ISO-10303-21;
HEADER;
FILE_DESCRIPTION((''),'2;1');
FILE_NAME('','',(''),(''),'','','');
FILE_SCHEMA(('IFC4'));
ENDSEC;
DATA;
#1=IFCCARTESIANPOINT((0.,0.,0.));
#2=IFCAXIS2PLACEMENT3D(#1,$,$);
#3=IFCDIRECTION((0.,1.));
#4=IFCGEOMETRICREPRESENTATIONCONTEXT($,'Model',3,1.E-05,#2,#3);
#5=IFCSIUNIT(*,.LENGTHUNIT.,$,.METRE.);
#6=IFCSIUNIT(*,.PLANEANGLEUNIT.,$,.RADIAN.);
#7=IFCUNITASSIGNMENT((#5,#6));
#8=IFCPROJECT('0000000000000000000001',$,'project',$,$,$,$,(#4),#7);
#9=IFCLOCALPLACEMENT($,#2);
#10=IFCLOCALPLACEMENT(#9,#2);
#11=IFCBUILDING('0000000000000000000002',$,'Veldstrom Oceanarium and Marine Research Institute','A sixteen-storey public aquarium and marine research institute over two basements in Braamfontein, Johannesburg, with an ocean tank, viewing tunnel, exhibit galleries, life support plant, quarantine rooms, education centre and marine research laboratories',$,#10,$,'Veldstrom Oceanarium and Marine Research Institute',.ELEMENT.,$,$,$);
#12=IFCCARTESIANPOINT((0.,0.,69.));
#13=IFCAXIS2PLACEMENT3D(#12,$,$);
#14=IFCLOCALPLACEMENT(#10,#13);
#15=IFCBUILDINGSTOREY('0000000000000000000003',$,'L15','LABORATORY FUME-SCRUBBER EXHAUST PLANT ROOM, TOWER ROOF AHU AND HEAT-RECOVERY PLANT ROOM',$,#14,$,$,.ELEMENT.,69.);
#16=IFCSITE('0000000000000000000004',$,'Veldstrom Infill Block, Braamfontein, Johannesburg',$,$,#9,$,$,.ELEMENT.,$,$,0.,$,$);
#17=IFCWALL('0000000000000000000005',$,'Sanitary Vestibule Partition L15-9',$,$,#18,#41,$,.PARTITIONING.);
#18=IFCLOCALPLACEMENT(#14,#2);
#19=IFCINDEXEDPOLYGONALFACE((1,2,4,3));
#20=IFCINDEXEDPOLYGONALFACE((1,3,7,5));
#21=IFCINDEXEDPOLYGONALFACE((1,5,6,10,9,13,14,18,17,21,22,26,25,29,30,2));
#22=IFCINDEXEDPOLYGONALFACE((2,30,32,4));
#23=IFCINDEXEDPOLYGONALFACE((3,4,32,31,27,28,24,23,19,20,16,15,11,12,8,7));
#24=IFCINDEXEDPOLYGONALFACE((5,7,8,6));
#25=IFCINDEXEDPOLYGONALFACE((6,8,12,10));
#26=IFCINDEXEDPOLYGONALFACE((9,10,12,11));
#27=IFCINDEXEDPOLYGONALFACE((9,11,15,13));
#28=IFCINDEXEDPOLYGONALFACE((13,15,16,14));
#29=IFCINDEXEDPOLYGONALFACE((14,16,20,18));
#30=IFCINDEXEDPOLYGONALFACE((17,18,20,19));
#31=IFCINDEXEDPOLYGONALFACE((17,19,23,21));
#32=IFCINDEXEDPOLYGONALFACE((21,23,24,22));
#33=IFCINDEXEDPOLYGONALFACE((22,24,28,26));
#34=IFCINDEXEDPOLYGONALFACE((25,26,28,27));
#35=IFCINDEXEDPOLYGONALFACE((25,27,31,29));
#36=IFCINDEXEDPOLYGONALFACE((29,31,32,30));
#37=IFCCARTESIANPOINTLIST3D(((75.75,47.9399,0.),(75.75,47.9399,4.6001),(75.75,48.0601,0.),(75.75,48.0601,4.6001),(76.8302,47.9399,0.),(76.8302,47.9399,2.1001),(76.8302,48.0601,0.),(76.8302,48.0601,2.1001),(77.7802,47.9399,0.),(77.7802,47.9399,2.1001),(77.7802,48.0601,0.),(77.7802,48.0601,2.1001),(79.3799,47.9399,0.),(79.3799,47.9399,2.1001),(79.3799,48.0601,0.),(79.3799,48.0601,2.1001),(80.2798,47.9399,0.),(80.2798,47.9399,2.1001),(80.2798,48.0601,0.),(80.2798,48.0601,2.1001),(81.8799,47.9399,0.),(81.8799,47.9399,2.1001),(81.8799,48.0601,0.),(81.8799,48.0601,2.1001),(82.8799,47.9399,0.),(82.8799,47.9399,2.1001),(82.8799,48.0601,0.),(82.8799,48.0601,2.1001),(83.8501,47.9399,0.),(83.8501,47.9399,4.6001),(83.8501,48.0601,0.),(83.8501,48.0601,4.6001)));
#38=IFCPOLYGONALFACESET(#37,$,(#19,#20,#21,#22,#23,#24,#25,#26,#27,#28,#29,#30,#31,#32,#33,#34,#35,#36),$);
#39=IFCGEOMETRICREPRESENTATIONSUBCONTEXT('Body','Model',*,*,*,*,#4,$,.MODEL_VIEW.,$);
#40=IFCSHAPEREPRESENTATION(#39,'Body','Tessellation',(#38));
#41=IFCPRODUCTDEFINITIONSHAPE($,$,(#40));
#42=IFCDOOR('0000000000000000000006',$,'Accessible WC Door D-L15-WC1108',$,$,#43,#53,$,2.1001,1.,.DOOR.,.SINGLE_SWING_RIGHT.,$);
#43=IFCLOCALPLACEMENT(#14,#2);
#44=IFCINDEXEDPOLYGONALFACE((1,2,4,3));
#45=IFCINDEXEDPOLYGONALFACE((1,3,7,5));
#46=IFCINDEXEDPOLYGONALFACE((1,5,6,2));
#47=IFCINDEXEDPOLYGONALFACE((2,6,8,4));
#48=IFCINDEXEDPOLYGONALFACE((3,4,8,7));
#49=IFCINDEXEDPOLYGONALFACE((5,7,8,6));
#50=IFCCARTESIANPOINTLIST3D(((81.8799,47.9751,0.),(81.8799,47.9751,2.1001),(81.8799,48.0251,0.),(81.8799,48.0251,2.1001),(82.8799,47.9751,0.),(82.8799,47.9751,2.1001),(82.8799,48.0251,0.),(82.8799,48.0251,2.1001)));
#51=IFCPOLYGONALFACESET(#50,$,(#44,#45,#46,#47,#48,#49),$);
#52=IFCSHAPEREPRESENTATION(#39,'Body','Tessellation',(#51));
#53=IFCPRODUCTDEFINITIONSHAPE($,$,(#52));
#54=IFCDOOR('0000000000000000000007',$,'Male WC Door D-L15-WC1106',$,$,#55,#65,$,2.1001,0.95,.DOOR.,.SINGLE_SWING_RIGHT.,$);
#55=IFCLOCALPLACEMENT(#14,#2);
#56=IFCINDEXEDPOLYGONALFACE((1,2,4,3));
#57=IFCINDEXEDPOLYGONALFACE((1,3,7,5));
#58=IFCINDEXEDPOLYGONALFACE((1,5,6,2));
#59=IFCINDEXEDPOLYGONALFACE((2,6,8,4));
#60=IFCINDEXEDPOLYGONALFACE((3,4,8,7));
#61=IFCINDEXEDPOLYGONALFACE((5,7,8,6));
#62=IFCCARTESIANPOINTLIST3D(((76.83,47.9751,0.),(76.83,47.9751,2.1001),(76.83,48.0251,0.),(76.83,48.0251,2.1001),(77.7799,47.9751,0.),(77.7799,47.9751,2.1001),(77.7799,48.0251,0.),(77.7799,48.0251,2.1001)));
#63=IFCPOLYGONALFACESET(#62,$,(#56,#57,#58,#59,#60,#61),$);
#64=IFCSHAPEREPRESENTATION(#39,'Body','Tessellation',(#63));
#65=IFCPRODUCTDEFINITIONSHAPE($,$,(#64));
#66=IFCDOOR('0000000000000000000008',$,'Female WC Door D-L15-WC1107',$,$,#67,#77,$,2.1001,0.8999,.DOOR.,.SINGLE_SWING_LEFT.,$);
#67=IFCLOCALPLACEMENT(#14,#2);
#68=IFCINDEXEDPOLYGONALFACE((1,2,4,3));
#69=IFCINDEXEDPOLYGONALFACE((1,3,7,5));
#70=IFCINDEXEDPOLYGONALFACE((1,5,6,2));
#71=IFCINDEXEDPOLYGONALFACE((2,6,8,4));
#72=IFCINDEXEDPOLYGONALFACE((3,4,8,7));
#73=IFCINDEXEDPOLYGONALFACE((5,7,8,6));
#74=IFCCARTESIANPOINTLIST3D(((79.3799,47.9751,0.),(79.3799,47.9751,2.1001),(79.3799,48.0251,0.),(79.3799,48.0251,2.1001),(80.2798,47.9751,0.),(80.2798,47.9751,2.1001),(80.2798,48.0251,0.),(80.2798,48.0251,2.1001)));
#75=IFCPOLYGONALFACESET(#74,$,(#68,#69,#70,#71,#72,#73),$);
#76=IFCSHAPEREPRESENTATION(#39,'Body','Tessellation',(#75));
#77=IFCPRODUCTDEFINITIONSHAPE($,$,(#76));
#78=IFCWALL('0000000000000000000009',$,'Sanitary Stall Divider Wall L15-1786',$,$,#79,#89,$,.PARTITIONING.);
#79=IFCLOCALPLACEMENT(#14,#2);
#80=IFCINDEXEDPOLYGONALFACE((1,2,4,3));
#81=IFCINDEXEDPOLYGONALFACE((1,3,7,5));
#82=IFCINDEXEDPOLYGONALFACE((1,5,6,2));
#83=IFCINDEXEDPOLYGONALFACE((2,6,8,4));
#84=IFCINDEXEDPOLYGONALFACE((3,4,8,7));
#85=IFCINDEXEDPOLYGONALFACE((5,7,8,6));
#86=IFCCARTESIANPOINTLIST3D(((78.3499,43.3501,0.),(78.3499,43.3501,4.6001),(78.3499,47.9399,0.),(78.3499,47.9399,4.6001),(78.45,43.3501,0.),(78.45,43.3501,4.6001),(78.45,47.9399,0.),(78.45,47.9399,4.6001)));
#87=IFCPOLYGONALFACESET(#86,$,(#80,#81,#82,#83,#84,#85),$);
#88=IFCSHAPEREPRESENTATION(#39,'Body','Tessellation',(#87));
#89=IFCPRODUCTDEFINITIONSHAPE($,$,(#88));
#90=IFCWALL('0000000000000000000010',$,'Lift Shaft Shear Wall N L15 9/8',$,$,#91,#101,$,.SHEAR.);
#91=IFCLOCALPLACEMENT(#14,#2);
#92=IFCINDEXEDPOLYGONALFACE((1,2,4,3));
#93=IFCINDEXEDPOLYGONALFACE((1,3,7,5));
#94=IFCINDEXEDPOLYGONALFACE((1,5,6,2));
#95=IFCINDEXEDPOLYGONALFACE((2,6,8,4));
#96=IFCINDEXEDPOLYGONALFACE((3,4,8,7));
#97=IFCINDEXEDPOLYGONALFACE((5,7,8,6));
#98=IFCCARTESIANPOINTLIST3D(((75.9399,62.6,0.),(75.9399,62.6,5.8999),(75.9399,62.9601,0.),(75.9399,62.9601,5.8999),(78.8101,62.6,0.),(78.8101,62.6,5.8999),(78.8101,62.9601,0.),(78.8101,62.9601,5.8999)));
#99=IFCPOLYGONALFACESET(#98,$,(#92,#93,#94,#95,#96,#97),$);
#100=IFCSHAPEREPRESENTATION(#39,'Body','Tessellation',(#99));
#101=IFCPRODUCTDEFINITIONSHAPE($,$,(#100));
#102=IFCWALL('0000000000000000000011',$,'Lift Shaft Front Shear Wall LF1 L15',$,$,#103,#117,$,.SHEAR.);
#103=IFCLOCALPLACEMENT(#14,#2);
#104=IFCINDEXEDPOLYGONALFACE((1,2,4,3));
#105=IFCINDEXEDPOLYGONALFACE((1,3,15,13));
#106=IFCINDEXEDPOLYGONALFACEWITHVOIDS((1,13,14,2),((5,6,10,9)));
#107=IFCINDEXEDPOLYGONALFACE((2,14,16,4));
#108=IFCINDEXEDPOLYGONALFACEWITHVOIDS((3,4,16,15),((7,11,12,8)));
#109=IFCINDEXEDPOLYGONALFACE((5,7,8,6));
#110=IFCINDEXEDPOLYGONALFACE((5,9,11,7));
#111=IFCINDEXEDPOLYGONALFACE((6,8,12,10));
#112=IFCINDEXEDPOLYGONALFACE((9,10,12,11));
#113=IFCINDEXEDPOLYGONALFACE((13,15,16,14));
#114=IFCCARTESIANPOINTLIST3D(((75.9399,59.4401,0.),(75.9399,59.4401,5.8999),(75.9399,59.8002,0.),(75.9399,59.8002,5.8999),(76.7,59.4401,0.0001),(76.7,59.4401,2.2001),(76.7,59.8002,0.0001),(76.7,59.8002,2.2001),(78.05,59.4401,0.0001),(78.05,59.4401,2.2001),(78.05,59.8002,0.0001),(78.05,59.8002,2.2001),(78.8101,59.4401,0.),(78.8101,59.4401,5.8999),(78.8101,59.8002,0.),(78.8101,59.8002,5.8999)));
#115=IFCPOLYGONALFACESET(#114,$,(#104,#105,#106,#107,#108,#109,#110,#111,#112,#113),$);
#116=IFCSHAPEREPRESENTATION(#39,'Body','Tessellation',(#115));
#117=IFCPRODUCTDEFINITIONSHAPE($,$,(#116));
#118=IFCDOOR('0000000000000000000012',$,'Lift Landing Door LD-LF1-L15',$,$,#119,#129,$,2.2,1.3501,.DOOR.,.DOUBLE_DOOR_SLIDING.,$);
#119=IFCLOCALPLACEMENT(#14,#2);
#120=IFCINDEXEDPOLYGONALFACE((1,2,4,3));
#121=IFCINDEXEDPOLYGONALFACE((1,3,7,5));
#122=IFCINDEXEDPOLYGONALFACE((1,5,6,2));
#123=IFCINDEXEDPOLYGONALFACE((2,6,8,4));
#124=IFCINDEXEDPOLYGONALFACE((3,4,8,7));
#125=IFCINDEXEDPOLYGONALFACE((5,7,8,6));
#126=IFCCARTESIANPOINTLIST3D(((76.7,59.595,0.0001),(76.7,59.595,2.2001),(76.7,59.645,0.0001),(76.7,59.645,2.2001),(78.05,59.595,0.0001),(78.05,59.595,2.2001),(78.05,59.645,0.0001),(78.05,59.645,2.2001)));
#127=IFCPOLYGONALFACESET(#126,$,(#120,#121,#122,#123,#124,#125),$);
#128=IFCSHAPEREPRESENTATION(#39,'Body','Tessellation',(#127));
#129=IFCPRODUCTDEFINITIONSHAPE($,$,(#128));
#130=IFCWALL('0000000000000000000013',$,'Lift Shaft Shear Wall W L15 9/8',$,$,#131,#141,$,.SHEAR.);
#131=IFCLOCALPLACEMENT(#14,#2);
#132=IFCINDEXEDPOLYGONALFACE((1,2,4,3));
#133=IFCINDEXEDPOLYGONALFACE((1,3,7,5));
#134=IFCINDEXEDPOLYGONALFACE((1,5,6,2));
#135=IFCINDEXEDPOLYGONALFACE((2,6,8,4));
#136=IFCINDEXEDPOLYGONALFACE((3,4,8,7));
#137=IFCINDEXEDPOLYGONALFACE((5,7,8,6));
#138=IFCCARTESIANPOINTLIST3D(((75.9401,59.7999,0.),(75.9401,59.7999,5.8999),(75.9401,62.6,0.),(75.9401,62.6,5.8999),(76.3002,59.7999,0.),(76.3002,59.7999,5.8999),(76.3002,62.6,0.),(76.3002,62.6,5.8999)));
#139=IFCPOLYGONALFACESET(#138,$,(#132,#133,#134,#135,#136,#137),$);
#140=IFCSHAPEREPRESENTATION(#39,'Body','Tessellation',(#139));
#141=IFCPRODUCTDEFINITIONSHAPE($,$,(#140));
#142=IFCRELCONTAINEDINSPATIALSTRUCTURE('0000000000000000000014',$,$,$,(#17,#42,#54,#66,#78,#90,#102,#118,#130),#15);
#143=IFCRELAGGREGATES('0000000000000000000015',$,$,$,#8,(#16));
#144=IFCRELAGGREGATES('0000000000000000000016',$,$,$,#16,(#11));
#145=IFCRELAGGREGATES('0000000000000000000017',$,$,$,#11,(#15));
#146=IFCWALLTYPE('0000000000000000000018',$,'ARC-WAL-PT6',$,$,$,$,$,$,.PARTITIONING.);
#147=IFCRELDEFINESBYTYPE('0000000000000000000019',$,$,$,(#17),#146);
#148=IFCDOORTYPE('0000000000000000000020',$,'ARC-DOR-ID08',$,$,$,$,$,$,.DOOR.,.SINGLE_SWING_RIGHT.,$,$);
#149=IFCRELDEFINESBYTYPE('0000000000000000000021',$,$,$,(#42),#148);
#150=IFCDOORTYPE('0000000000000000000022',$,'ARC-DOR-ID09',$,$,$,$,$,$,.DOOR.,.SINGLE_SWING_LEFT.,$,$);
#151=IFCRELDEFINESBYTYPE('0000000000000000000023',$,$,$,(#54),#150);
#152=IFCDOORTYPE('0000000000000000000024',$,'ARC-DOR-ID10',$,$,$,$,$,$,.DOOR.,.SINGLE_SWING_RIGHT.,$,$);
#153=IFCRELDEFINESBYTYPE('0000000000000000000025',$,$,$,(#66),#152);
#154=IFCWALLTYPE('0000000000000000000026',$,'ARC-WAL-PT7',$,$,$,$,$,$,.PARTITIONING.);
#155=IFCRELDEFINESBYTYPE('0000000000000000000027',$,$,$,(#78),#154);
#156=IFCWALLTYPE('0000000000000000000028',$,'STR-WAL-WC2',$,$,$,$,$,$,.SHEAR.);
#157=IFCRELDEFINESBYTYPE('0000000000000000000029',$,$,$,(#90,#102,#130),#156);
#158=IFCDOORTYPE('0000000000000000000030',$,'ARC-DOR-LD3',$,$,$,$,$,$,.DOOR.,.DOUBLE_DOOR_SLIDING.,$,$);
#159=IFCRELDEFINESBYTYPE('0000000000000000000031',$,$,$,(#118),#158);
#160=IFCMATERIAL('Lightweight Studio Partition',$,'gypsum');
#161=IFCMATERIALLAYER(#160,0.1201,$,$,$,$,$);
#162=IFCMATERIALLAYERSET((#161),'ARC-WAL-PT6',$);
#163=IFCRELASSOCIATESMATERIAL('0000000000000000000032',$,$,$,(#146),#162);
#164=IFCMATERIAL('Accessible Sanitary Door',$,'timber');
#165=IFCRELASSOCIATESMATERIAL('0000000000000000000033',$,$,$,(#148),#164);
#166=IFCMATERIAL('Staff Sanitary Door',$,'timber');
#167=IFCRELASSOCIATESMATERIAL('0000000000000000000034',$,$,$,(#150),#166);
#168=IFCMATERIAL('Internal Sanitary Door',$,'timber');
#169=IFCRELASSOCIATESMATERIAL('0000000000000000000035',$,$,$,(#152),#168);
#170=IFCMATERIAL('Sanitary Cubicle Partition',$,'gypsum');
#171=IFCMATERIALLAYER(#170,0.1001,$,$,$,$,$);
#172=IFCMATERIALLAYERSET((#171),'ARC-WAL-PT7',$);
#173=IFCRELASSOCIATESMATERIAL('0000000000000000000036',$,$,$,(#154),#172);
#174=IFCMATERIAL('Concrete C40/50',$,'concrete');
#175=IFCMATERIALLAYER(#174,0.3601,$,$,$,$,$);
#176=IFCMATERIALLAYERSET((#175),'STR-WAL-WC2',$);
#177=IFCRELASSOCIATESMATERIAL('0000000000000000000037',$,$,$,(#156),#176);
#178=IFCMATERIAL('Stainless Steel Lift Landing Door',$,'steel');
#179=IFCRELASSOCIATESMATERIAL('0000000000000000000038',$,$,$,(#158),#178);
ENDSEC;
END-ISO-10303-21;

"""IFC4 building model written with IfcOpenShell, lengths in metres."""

from ifc_helpers import new_model, si_unit, direction, frame, frame_2d, origin, place, context, subcontext, project, spatial, rectangle, extrude, material, layer, layer_set, type_object, element, fill, save


model = new_model("IFC4")

# Units and contexts
model_context = context("Model", 3, precision=1e-05, world=origin(), true_north=direction((0.0, 1.0)))
body_context = subcontext(model_context, "Body", "Model", "MODEL_VIEW")
ifc_project = project(units=[si_unit("LENGTHUNIT", "METRE"), si_unit("PLANEANGLEUNIT", "RADIAN")], contexts=[model_context])

# Site, building, storey
site_placement = place(None, origin())
site = spatial("IfcSite", under=ifc_project, at=site_placement, Name="Veldstrom Infill Block, Braamfontein, Johannesburg", CompositionType="ELEMENT", RefElevation=0.0)
building_placement = place(site_placement, origin())
building = spatial("IfcBuilding", under=site, at=building_placement, Name="Veldstrom Oceanarium and Marine Research Institute", Description="A sixteen-storey public aquarium and marine research institute over two basements in Braamfontein, Johannesburg, with an ocean tank, viewing tunnel, exhibit galleries, life support plant, quarantine rooms, education centre and marine research laboratories", LongName="Veldstrom Oceanarium and Marine Research Institute", CompositionType="ELEMENT")
storey_placement = place(building_placement, frame((0.0, 0.0, 69.0)))
storey = spatial("IfcBuildingStorey", under=building, at=storey_placement, Name="L15", Description="LABORATORY FUME-SCRUBBER EXHAUST PLANT ROOM, TOWER ROOF AHU AND HEAT-RECOVERY PLANT ROOM", CompositionType="ELEMENT", Elevation=69.0)

# Wall, openings, doors
ifc_material_1 = material(Name="Lightweight Studio Partition", Category="gypsum")
ifc_layer_1 = layer(ifc_material_1, 0.1201)
ifc_layer_set_1 = layer_set([ifc_layer_1], Name="ARC-WAL-PT6")
wall_type_1 = type_object("IfcWallType", Name="ARC-WAL-PT6", PredefinedType="PARTITIONING", material=ifc_layer_set_1)
wall_1_placement = place(storey_placement, frame((75.75, 48.0, 0.0), z_axis=(0.0, 0.0, 1.0), x_axis=(1.0, 0.0, 0.0)))
wall_1 = element("IfcWall", 1, at=wall_1_placement, inside=storey, type_object=wall_type_1, Name="Sanitary Vestibule Partition L15-9", PredefinedType="PARTITIONING", context=body_context, shape_type="SweptSolid", body=[
    extrude(rectangle(XDim=8.1001, YDim=0.1201, at=frame_2d((4.05, 0.0))), origin(), (0.0, 0.0, 1.0), 4.6001),
])
opening_1_placement = place(wall_1_placement, frame((1.0801, 0.0, 0.0)))
opening_1 = element("IfcOpeningElement", 2, at=opening_1_placement, cuts=wall_1, PredefinedType="OPENING", context=body_context, shape_type="SweptSolid", body=[
    extrude(rectangle(XDim=0.95, YDim=2.1001, at=frame_2d((0.4751, 1.05))), frame((0.0, 0.0701, 0.0), z_axis=(0.0, -1.0, 0.0), x_axis=(1.0, 0.0, 0.0)), (0.0, 0.0, 1.0), 0.1401),
])
opening_2_placement = place(wall_1_placement, frame((3.6299, 0.0, 0.0)))
opening_2 = element("IfcOpeningElement", 3, at=opening_2_placement, cuts=wall_1, PredefinedType="OPENING", context=body_context, shape_type="SweptSolid", body=[
    extrude(rectangle(XDim=0.8999, YDim=2.1001, at=frame_2d((0.45, 1.05))), frame((0.0, 0.0701, 0.0), z_axis=(0.0, -1.0, 0.0), x_axis=(1.0, 0.0, 0.0)), (0.0, 0.0, 1.0), 0.1401),
])
opening_3_placement = place(wall_1_placement, frame((6.1299, 0.0, 0.0)))
opening_3 = element("IfcOpeningElement", 4, at=opening_3_placement, cuts=wall_1, PredefinedType="OPENING", context=body_context, shape_type="SweptSolid", body=[
    extrude(rectangle(XDim=1.0, YDim=2.1001, at=frame_2d((0.5, 1.05))), frame((0.0, 0.0701, 0.0), z_axis=(0.0, -1.0, 0.0), x_axis=(1.0, 0.0, 0.0)), (0.0, 0.0, 1.0), 0.1401),
])
ifc_material_2 = material(Name="Accessible Sanitary Door", Category="timber")
door_type_1 = type_object("IfcDoorType", Name="ARC-DOR-ID08", OperationType="SINGLE_SWING_RIGHT", PredefinedType="DOOR", material=ifc_material_2)
door_1_placement = place(opening_3_placement, frame((1.0, 0.0, 0.0), z_axis=(0.0, 0.0, 1.0), x_axis=(-1.0, 0.0, 0.0)))
door_1 = element("IfcDoor", 5, at=door_1_placement, inside=storey, type_object=door_type_1, Name="Accessible WC Door D-L15-WC1108", OperationType="SINGLE_SWING_RIGHT", OverallHeight=2.1001, OverallWidth=1.0, PredefinedType="DOOR", context=body_context, shape_type="SweptSolid", body=[
    extrude(rectangle(XDim=1.0, YDim=2.1001, at=frame_2d((0.5, 1.05))), frame((0.0, 0.0249, 0.0), z_axis=(0.0, -1.0, 0.0), x_axis=(1.0, 0.0, 0.0)), (0.0, 0.0, 1.0), 0.05),
])
fill(opening_3, door_1)
ifc_material_3 = material(Name="Staff Sanitary Door", Category="timber")
door_type_2 = type_object("IfcDoorType", Name="ARC-DOR-ID09", OperationType="SINGLE_SWING_LEFT", PredefinedType="DOOR", material=ifc_material_3)
door_2_placement = place(opening_1_placement, frame((0.95, 0.0, 0.0), z_axis=(0.0, 0.0, 1.0), x_axis=(-1.0, 0.0, 0.0)))
door_2 = element("IfcDoor", 6, at=door_2_placement, inside=storey, type_object=door_type_2, Name="Male WC Door D-L15-WC1106", OperationType="SINGLE_SWING_RIGHT", OverallHeight=2.1001, OverallWidth=0.95, PredefinedType="DOOR", context=body_context, shape_type="SweptSolid", body=[
    extrude(rectangle(XDim=0.95, YDim=2.1001, at=frame_2d((0.4751, 1.05))), frame((0.0, 0.0249, 0.0), z_axis=(0.0, -1.0, 0.0), x_axis=(1.0, 0.0, 0.0)), (0.0, 0.0, 1.0), 0.05),
])
fill(opening_1, door_2)
ifc_material_4 = material(Name="Internal Sanitary Door", Category="timber")
door_type_3 = type_object("IfcDoorType", Name="ARC-DOR-ID10", OperationType="SINGLE_SWING_RIGHT", PredefinedType="DOOR", material=ifc_material_4)
door_3_placement = place(opening_2_placement, frame((0.8999, 0.0, 0.0), z_axis=(0.0, 0.0, 1.0), x_axis=(-1.0, 0.0, 0.0)))
door_3 = element("IfcDoor", 7, at=door_3_placement, inside=storey, type_object=door_type_3, Name="Female WC Door D-L15-WC1107", OperationType="SINGLE_SWING_LEFT", OverallHeight=2.1001, OverallWidth=0.8999, PredefinedType="DOOR", context=body_context, shape_type="SweptSolid", body=[
    extrude(rectangle(XDim=0.8999, YDim=2.1001, at=frame_2d((0.45, 1.05))), frame((0.0, 0.0249, 0.0), z_axis=(0.0, -1.0, 0.0), x_axis=(1.0, 0.0, 0.0)), (0.0, 0.0, 1.0), 0.05),
])
fill(opening_2, door_3)

# Walls
ifc_material_5 = material(Name="Sanitary Cubicle Partition", Category="gypsum")
ifc_layer_2 = layer(ifc_material_5, 0.1001)
ifc_layer_set_2 = layer_set([ifc_layer_2], Name="ARC-WAL-PT7")
wall_type_2 = type_object("IfcWallType", Name="ARC-WAL-PT7", PredefinedType="PARTITIONING", material=ifc_layer_set_2)
wall_2_placement = place(storey_placement, frame((78.3999, 43.3501, 0.0), z_axis=(0.0, 0.0, 1.0), x_axis=(0.0, 1.0, 0.0)))
element("IfcWall", 8, at=wall_2_placement, inside=storey, type_object=wall_type_2, Name="Sanitary Stall Divider Wall L15-1786", PredefinedType="PARTITIONING", context=body_context, shape_type="SweptSolid", body=[
    extrude(rectangle(XDim=4.5898, YDim=0.1001, at=frame_2d((2.2949, 0.0))), origin(), (0.0, 0.0, 1.0), 4.6001),
])
ifc_material_6 = material(Name="Concrete C40/50", Category="concrete")
ifc_layer_3 = layer(ifc_material_6, 0.3601)
ifc_layer_set_3 = layer_set([ifc_layer_3], Name="STR-WAL-WC2")
wall_type_3 = type_object("IfcWallType", Name="STR-WAL-WC2", PredefinedType="SHEAR", material=ifc_layer_set_3)
wall_3_placement = place(storey_placement, frame((75.9399, 62.78, 0.0), z_axis=(0.0, 0.0, 1.0), x_axis=(1.0, 0.0, 0.0)))
element("IfcWall", 9, at=wall_3_placement, inside=storey, type_object=wall_type_3, Name="Lift Shaft Shear Wall N L15 9/8", PredefinedType="SHEAR", context=body_context, shape_type="SweptSolid", body=[
    extrude(rectangle(XDim=2.8701, YDim=0.3601, at=frame_2d((1.4351, 0.0))), origin(), (0.0, 0.0, 1.0), 5.8999),
])

# Wall, opening, door
wall_4_placement = place(storey_placement, frame((75.9399, 59.6201, 0.0), z_axis=(0.0, 0.0, 1.0), x_axis=(1.0, 0.0, 0.0)))
wall_4 = element("IfcWall", 10, at=wall_4_placement, inside=storey, type_object=wall_type_3, Name="Lift Shaft Front Shear Wall LF1 L15", PredefinedType="SHEAR", context=body_context, shape_type="SweptSolid", body=[
    extrude(rectangle(XDim=2.8701, YDim=0.3601, at=frame_2d((1.4351, 0.0))), origin(), (0.0, 0.0, 1.0), 5.8999),
])
opening_4_placement = place(wall_4_placement, frame((0.76, 0.0, 0.0)))
opening_4 = element("IfcOpeningElement", 11, at=opening_4_placement, cuts=wall_4, PredefinedType="OPENING", context=body_context, shape_type="SweptSolid", body=[
    extrude(rectangle(XDim=1.3501, YDim=2.2, at=frame_2d((0.675, 1.1001))), frame((0.0, 0.1899, 0.0), z_axis=(0.0, -1.0, 0.0), x_axis=(1.0, 0.0, 0.0)), (0.0, 0.0, 1.0), 0.3801),
])
ifc_material_7 = material(Name="Stainless Steel Lift Landing Door", Category="steel")
door_type_4 = type_object("IfcDoorType", Name="ARC-DOR-LD3", OperationType="DOUBLE_DOOR_SLIDING", PredefinedType="DOOR", material=ifc_material_7)
door_4_placement = place(opening_4_placement, origin())
door_4 = element("IfcDoor", 12, at=door_4_placement, inside=storey, type_object=door_type_4, Name="Lift Landing Door LD-LF1-L15", OperationType="DOUBLE_DOOR_SLIDING", OverallHeight=2.2, OverallWidth=1.3501, PredefinedType="DOOR", context=body_context, shape_type="SweptSolid", body=[
    extrude(rectangle(XDim=1.3501, YDim=2.2, at=frame_2d((0.675, 1.1001))), frame((0.0, 0.0249, 0.0), z_axis=(0.0, -1.0, 0.0), x_axis=(1.0, 0.0, 0.0)), (0.0, 0.0, 1.0), 0.05),
])
fill(opening_4, door_4)

# Wall
wall_5_placement = place(storey_placement, frame((76.1201, 59.8, 0.0), z_axis=(0.0, 0.0, 1.0), x_axis=(0.0, 1.0, 0.0)))
element("IfcWall", 13, at=wall_5_placement, inside=storey, type_object=wall_type_3, Name="Lift Shaft Shear Wall W L15 9/8", PredefinedType="SHEAR", context=body_context, shape_type="SweptSolid", body=[
    extrude(rectangle(XDim=2.8, YDim=0.3601, at=frame_2d((1.3999, 0.0))), origin(), (0.0, 0.0, 1.0), 5.8999),
])

save(model, "model.ifc")
